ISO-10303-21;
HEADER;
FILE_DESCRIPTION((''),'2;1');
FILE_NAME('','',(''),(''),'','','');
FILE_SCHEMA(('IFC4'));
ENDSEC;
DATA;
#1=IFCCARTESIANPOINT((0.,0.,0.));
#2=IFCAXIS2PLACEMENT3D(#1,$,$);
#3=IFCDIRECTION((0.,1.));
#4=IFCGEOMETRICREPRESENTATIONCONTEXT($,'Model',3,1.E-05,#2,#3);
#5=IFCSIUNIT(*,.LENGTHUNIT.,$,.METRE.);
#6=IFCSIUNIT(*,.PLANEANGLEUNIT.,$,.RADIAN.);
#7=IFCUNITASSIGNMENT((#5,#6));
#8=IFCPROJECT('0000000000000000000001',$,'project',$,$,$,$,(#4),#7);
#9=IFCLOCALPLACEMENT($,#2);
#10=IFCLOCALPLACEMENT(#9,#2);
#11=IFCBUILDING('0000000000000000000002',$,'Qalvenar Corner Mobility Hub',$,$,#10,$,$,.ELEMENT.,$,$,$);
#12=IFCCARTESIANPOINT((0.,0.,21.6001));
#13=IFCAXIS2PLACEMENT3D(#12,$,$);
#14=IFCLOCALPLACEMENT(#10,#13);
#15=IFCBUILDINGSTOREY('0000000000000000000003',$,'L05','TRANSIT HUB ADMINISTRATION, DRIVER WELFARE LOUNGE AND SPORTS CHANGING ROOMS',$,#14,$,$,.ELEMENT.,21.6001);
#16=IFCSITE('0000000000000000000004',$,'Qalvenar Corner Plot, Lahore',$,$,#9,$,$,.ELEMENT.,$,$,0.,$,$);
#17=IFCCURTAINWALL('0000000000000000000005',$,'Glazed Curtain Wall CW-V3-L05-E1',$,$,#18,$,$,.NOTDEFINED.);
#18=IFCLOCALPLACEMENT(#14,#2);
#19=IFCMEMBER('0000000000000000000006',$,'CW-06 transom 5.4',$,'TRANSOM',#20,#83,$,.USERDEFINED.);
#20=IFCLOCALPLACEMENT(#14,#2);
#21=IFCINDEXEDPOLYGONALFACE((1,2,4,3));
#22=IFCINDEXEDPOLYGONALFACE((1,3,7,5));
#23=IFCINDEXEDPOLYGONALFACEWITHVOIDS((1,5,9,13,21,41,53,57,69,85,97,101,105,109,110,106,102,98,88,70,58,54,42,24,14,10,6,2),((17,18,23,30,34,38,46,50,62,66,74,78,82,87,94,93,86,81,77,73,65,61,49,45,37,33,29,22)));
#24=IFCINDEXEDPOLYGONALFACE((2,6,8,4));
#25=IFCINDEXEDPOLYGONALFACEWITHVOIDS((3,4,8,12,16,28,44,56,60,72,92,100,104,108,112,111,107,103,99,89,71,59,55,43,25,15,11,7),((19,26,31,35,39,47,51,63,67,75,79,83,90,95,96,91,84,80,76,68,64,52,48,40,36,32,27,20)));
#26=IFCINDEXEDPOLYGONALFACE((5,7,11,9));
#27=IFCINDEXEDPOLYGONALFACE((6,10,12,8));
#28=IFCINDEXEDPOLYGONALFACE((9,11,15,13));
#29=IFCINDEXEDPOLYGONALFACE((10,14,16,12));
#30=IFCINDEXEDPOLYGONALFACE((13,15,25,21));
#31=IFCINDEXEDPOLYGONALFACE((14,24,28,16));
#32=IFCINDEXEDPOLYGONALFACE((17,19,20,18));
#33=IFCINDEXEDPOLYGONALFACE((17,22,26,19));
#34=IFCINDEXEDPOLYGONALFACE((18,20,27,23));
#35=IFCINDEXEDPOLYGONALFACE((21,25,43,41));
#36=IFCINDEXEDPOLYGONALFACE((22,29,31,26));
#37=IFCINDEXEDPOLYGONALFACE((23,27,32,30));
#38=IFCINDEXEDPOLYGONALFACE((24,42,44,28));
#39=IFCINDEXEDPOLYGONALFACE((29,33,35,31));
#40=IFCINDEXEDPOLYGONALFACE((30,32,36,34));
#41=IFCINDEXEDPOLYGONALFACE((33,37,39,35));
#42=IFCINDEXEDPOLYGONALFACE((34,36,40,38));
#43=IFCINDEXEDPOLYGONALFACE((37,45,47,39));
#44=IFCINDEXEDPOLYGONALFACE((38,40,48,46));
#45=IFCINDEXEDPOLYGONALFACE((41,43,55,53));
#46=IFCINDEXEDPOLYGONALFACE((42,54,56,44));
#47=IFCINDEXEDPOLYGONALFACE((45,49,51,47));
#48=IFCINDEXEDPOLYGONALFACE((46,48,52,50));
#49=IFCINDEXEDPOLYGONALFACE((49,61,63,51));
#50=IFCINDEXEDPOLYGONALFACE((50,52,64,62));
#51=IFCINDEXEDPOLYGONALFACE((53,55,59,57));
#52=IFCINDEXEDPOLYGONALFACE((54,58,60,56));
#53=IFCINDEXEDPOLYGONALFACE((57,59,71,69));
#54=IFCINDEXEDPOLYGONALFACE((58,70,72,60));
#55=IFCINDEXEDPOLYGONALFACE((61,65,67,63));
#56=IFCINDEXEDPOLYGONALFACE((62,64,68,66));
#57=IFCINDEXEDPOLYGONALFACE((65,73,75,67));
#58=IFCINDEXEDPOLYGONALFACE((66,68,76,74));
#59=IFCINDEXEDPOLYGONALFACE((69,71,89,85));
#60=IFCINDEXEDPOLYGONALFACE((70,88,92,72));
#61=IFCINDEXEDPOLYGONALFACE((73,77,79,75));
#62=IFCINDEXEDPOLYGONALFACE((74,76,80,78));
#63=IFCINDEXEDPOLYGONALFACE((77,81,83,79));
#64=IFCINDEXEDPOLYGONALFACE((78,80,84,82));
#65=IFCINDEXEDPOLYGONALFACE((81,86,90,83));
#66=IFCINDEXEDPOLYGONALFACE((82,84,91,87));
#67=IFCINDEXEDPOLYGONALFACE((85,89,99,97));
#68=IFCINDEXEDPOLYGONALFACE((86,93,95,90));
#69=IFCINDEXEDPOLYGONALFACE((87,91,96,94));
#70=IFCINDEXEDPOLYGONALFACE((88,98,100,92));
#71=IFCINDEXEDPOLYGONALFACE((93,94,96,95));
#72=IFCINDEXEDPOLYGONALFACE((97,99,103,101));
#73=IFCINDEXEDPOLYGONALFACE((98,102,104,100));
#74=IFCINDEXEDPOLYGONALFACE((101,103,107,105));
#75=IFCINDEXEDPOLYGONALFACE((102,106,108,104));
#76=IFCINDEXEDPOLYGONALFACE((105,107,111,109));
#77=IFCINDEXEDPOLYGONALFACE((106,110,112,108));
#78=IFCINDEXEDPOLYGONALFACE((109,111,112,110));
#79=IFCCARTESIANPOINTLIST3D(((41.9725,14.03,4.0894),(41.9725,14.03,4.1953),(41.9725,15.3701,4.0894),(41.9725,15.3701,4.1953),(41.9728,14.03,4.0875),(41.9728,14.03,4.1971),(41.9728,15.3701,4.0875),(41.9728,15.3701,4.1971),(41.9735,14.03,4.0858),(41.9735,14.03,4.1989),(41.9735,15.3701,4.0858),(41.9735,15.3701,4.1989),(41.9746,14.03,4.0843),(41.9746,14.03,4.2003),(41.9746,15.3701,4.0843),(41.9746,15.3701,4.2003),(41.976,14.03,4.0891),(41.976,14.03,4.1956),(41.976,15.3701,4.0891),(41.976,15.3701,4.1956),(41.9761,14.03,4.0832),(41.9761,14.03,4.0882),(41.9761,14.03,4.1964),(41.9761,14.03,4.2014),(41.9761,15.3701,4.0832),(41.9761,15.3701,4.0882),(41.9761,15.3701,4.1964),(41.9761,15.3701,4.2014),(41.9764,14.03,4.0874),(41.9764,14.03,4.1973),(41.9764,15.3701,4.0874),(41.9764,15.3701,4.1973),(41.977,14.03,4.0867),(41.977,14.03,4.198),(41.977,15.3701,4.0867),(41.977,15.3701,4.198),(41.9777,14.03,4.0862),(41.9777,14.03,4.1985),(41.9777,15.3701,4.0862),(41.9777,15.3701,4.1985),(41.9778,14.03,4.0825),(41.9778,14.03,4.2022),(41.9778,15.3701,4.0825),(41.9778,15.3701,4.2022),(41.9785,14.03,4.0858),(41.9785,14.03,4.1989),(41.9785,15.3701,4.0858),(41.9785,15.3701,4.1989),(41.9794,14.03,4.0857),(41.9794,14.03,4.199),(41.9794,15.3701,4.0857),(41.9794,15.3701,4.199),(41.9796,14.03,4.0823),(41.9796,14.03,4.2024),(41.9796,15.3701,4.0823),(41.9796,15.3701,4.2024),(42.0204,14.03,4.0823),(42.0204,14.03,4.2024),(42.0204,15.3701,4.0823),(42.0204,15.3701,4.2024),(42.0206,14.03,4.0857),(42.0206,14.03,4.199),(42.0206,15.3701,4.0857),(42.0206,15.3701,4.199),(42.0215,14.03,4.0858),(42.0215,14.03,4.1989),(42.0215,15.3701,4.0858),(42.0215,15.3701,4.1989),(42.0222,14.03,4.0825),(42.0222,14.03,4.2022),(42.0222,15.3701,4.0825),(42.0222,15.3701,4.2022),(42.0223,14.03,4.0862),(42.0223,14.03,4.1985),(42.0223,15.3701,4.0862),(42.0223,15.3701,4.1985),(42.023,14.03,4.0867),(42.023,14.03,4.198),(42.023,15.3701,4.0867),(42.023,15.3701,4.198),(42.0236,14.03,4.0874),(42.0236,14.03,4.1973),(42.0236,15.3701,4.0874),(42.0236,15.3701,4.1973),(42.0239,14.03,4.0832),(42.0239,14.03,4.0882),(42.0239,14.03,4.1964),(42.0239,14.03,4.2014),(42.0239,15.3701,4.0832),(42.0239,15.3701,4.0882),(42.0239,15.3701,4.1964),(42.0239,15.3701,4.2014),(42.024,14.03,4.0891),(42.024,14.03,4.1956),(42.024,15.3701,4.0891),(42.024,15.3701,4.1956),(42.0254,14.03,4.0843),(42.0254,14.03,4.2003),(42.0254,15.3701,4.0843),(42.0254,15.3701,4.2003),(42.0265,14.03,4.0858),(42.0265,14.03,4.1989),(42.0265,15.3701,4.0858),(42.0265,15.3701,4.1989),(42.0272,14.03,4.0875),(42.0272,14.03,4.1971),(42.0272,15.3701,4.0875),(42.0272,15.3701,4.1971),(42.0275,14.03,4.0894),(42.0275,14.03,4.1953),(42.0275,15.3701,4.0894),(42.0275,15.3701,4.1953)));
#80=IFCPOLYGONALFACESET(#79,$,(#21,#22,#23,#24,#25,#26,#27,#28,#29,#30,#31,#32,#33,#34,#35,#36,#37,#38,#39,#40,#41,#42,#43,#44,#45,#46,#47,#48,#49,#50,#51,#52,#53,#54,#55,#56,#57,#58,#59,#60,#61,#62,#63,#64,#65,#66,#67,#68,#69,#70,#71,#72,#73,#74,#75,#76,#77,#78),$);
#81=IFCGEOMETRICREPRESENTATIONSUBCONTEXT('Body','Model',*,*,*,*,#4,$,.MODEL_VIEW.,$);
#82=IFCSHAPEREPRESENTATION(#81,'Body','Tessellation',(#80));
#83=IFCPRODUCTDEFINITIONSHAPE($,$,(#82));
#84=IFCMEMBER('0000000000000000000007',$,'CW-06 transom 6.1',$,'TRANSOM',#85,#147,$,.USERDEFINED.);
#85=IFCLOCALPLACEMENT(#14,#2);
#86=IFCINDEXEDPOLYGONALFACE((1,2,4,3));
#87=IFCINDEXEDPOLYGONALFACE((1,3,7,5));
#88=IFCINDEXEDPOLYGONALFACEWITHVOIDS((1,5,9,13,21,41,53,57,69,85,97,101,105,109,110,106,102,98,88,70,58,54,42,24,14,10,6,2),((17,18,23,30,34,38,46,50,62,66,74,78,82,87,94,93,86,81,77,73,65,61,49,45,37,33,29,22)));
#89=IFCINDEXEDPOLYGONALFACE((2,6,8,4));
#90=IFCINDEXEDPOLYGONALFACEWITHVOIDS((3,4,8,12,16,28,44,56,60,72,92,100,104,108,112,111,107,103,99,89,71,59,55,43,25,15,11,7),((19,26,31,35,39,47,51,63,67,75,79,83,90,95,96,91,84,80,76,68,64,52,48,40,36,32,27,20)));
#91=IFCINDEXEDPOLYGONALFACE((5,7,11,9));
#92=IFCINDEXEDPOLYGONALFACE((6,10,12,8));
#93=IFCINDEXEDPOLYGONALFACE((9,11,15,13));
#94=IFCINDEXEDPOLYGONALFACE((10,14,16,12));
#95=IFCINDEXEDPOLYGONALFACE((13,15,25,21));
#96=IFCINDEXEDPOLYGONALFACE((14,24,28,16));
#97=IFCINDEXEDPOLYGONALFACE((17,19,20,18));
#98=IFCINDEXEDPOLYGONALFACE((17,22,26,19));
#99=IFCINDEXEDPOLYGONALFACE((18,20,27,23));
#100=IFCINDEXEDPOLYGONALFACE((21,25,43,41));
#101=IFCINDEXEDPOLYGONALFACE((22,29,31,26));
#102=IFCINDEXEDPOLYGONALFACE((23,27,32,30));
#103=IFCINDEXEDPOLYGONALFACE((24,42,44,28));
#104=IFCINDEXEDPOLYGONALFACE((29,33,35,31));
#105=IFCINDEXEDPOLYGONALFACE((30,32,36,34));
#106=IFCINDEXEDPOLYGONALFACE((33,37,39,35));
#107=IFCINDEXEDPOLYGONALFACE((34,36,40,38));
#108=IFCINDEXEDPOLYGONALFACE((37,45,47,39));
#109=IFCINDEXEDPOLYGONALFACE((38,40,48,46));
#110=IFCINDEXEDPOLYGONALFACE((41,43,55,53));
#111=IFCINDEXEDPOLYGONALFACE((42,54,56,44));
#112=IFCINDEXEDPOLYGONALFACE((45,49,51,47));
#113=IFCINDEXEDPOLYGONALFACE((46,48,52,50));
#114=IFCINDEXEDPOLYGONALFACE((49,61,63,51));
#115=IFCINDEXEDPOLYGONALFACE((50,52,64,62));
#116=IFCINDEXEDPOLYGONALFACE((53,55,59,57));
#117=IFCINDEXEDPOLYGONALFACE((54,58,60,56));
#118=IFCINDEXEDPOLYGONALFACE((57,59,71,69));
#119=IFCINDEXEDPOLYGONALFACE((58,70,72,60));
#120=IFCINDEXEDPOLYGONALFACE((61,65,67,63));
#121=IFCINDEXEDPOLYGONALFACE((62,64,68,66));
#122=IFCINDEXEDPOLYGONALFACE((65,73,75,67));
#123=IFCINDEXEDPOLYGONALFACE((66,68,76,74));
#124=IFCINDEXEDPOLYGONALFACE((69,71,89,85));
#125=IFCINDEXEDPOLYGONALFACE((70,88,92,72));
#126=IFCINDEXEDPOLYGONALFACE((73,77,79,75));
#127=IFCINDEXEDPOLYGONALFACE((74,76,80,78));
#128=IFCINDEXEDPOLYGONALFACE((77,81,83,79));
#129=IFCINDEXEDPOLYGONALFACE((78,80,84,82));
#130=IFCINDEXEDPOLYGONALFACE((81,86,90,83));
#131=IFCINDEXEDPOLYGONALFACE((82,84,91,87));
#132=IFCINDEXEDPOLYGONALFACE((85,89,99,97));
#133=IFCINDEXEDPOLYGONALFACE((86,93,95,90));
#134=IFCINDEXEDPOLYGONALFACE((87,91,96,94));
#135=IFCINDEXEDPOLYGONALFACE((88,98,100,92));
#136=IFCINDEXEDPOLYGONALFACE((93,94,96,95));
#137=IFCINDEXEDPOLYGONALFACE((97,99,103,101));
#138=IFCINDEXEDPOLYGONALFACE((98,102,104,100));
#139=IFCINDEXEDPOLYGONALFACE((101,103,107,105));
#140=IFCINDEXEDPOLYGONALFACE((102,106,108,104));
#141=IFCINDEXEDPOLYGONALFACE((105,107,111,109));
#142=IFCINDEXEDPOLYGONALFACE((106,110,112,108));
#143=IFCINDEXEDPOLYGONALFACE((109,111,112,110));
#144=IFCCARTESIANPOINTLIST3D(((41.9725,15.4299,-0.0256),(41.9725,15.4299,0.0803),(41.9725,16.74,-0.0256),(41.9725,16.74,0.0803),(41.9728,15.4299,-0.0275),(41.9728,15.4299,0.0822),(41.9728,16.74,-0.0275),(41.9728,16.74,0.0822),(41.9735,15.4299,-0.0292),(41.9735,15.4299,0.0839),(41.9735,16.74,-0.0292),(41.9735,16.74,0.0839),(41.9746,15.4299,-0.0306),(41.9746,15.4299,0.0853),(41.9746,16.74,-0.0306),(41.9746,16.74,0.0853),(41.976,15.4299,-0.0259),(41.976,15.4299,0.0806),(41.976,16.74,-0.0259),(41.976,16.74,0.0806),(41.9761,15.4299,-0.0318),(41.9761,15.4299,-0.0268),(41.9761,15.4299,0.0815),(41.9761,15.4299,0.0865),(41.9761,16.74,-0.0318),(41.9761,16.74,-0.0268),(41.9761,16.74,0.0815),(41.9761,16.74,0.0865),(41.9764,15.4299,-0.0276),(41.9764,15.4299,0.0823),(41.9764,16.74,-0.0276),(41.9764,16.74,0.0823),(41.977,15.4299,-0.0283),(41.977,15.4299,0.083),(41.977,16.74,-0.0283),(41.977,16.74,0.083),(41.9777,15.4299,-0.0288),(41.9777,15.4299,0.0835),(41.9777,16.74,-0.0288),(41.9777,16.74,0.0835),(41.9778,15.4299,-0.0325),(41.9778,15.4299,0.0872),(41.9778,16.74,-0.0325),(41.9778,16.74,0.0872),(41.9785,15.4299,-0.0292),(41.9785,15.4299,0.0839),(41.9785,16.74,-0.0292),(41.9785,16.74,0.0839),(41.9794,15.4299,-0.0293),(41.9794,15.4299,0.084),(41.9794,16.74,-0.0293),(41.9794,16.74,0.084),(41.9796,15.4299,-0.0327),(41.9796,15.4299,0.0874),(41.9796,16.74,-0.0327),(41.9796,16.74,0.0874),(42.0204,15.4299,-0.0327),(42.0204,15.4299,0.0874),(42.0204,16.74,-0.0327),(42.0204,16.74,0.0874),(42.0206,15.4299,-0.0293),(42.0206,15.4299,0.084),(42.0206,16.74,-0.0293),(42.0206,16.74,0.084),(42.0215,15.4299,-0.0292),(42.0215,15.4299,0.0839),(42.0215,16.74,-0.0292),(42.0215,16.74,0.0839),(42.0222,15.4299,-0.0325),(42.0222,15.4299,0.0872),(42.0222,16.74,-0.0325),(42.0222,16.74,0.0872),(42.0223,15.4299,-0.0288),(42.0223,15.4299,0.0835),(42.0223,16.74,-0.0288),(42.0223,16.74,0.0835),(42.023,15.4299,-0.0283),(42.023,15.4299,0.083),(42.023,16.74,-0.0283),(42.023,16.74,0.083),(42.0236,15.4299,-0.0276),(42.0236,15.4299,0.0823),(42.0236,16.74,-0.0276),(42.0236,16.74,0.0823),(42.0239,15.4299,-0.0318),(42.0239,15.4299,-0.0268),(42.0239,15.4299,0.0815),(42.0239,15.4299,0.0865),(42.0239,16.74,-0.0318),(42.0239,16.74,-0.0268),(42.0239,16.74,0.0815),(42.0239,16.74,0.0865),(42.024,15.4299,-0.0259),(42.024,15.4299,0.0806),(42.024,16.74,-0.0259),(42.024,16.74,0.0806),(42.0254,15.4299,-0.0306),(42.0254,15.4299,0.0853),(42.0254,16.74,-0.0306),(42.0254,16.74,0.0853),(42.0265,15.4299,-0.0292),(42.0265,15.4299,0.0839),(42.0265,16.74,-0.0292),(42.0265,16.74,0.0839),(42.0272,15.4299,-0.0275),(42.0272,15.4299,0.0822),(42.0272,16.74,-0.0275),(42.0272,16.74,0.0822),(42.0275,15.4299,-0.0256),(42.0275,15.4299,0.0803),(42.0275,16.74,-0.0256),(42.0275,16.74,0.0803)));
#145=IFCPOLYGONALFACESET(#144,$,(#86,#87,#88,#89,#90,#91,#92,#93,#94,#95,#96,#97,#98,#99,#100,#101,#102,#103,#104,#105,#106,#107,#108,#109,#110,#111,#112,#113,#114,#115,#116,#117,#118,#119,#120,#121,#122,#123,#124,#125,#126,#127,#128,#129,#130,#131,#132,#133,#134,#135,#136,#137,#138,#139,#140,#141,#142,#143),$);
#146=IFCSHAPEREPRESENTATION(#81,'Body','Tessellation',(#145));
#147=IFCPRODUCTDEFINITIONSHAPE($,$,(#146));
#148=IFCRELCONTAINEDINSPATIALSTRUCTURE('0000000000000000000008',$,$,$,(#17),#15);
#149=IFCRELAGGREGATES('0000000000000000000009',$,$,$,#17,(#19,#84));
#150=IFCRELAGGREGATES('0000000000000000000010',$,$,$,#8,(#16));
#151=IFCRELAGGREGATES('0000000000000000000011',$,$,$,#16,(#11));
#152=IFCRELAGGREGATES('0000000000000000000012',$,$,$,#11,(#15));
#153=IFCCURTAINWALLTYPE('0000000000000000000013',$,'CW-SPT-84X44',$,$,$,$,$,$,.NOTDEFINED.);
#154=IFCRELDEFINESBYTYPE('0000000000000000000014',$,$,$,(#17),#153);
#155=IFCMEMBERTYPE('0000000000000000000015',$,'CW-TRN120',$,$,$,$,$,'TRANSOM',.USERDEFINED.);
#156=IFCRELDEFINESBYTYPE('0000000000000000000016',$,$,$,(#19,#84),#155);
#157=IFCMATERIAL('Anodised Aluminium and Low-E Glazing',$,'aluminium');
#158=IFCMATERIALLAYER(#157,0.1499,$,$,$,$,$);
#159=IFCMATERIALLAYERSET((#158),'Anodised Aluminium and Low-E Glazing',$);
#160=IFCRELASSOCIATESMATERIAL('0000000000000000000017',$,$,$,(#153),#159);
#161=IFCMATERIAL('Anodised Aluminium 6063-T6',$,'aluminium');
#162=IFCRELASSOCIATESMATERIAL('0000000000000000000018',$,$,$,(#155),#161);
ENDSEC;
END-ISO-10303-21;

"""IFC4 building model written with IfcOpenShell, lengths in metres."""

from ifc_helpers import new_model, si_unit, direction, frame, origin, origin_2d, place, context, subcontext, project, spatial, hollow_rectangle, extrude, material, layer, layer_set, material_profile, profile_set, type_object, element, aggregate, save


model = new_model("IFC4")

# Units and contexts
model_context = context("Model", 3, precision=1e-05, world=origin(), true_north=direction((0.0, 1.0)))
body_context = subcontext(model_context, "Body", "Model", "MODEL_VIEW")
ifc_project = project(units=[si_unit("LENGTHUNIT", "METRE"), si_unit("PLANEANGLEUNIT", "RADIAN")], contexts=[model_context])

# Site, building, storey
site_placement = place(None, origin())
site = spatial("IfcSite", under=ifc_project, at=site_placement, Name="Qalvenar Corner Plot, Lahore", CompositionType="ELEMENT", RefElevation=0.0)
building_placement = place(site_placement, origin())
building = spatial("IfcBuilding", under=site, at=building_placement, Name="Qalvenar Corner Mobility Hub", CompositionType="ELEMENT")
storey_placement = place(building_placement, frame((0.0, 0.0, 21.6001)))
storey = spatial("IfcBuildingStorey", under=building, at=storey_placement, Name="L05", Description="TRANSIT HUB ADMINISTRATION, DRIVER WELFARE LOUNGE AND SPORTS CHANGING ROOMS", CompositionType="ELEMENT", Elevation=21.6001)

# Curtain wall, members
ifc_material_1 = material(Name="Anodised Aluminium and Low-E Glazing", Category="aluminium")
ifc_layer_1 = layer(ifc_material_1, 0.1499)
ifc_layer_set_1 = layer_set([ifc_layer_1], Name="Anodised Aluminium and Low-E Glazing")
curtain_wall_type = type_object("IfcCurtainWallType", Name="CW-SPT-84X44", PredefinedType="NOTDEFINED", material=ifc_layer_set_1)
curtain_wall_placement = place(storey_placement, origin())
curtain_wall = element("IfcCurtainWall", 1, at=curtain_wall_placement, inside=storey, type_object=curtain_wall_type, Name="Glazed Curtain Wall CW-V3-L05-E1", PredefinedType="NOTDEFINED")
ifc_material_2 = material(Name="Anodised Aluminium 6063-T6", Category="aluminium")
ifc_material_profile_1 = material_profile(ifc_material_2, hollow_rectangle(XDim=0.0549, YDim=0.1201, WallThickness=0.0034, InnerFilletRadius=0.0034, OuterFilletRadius=0.0071, at=origin_2d()), Name="RHS120x55x3.5")
ifc_profile_set_1 = profile_set([ifc_material_profile_1], Name="Anodised Aluminium 6063-T6")
member_type_1 = type_object("IfcMemberType", Name="CW-TRN120", ElementType="TRANSOM", PredefinedType="USERDEFINED", material=ifc_profile_set_1)
member_1_placement = place(storey_placement, frame((42.0, 14.03, 4.1423), z_axis=(0.0, 1.0, 0.0), x_axis=(-1.0, 0.0, 0.0)))
member_1 = element("IfcMember", 2, at=member_1_placement, type_object=member_type_1, Name="CW-06 transom 5.4", ObjectType="TRANSOM", PredefinedType="USERDEFINED", context=body_context, shape_type="SweptSolid", body=[
    extrude(hollow_rectangle(XDim=0.0549, YDim=0.1201, WallThickness=0.0034, InnerFilletRadius=0.0034, OuterFilletRadius=0.0071, at=origin_2d()), origin(), (0.0, 0.0, 1.0), 1.3401),
])
member_2_placement = place(storey_placement, frame((42.0, 15.4299, 0.0273), z_axis=(0.0, 1.0, 0.0), x_axis=(-1.0, 0.0, 0.0)))
member_2 = element("IfcMember", 3, at=member_2_placement, type_object=member_type_1, Name="CW-06 transom 6.1", ObjectType="TRANSOM", PredefinedType="USERDEFINED", context=body_context, shape_type="SweptSolid", body=[
    extrude(hollow_rectangle(XDim=0.0549, YDim=0.1201, WallThickness=0.0034, InnerFilletRadius=0.0034, OuterFilletRadius=0.0071, at=origin_2d()), origin(), (0.0, 0.0, 1.0), 1.3101),
])
aggregate(curtain_wall, [member_1, member_2])

save(model, "model.ifc")
